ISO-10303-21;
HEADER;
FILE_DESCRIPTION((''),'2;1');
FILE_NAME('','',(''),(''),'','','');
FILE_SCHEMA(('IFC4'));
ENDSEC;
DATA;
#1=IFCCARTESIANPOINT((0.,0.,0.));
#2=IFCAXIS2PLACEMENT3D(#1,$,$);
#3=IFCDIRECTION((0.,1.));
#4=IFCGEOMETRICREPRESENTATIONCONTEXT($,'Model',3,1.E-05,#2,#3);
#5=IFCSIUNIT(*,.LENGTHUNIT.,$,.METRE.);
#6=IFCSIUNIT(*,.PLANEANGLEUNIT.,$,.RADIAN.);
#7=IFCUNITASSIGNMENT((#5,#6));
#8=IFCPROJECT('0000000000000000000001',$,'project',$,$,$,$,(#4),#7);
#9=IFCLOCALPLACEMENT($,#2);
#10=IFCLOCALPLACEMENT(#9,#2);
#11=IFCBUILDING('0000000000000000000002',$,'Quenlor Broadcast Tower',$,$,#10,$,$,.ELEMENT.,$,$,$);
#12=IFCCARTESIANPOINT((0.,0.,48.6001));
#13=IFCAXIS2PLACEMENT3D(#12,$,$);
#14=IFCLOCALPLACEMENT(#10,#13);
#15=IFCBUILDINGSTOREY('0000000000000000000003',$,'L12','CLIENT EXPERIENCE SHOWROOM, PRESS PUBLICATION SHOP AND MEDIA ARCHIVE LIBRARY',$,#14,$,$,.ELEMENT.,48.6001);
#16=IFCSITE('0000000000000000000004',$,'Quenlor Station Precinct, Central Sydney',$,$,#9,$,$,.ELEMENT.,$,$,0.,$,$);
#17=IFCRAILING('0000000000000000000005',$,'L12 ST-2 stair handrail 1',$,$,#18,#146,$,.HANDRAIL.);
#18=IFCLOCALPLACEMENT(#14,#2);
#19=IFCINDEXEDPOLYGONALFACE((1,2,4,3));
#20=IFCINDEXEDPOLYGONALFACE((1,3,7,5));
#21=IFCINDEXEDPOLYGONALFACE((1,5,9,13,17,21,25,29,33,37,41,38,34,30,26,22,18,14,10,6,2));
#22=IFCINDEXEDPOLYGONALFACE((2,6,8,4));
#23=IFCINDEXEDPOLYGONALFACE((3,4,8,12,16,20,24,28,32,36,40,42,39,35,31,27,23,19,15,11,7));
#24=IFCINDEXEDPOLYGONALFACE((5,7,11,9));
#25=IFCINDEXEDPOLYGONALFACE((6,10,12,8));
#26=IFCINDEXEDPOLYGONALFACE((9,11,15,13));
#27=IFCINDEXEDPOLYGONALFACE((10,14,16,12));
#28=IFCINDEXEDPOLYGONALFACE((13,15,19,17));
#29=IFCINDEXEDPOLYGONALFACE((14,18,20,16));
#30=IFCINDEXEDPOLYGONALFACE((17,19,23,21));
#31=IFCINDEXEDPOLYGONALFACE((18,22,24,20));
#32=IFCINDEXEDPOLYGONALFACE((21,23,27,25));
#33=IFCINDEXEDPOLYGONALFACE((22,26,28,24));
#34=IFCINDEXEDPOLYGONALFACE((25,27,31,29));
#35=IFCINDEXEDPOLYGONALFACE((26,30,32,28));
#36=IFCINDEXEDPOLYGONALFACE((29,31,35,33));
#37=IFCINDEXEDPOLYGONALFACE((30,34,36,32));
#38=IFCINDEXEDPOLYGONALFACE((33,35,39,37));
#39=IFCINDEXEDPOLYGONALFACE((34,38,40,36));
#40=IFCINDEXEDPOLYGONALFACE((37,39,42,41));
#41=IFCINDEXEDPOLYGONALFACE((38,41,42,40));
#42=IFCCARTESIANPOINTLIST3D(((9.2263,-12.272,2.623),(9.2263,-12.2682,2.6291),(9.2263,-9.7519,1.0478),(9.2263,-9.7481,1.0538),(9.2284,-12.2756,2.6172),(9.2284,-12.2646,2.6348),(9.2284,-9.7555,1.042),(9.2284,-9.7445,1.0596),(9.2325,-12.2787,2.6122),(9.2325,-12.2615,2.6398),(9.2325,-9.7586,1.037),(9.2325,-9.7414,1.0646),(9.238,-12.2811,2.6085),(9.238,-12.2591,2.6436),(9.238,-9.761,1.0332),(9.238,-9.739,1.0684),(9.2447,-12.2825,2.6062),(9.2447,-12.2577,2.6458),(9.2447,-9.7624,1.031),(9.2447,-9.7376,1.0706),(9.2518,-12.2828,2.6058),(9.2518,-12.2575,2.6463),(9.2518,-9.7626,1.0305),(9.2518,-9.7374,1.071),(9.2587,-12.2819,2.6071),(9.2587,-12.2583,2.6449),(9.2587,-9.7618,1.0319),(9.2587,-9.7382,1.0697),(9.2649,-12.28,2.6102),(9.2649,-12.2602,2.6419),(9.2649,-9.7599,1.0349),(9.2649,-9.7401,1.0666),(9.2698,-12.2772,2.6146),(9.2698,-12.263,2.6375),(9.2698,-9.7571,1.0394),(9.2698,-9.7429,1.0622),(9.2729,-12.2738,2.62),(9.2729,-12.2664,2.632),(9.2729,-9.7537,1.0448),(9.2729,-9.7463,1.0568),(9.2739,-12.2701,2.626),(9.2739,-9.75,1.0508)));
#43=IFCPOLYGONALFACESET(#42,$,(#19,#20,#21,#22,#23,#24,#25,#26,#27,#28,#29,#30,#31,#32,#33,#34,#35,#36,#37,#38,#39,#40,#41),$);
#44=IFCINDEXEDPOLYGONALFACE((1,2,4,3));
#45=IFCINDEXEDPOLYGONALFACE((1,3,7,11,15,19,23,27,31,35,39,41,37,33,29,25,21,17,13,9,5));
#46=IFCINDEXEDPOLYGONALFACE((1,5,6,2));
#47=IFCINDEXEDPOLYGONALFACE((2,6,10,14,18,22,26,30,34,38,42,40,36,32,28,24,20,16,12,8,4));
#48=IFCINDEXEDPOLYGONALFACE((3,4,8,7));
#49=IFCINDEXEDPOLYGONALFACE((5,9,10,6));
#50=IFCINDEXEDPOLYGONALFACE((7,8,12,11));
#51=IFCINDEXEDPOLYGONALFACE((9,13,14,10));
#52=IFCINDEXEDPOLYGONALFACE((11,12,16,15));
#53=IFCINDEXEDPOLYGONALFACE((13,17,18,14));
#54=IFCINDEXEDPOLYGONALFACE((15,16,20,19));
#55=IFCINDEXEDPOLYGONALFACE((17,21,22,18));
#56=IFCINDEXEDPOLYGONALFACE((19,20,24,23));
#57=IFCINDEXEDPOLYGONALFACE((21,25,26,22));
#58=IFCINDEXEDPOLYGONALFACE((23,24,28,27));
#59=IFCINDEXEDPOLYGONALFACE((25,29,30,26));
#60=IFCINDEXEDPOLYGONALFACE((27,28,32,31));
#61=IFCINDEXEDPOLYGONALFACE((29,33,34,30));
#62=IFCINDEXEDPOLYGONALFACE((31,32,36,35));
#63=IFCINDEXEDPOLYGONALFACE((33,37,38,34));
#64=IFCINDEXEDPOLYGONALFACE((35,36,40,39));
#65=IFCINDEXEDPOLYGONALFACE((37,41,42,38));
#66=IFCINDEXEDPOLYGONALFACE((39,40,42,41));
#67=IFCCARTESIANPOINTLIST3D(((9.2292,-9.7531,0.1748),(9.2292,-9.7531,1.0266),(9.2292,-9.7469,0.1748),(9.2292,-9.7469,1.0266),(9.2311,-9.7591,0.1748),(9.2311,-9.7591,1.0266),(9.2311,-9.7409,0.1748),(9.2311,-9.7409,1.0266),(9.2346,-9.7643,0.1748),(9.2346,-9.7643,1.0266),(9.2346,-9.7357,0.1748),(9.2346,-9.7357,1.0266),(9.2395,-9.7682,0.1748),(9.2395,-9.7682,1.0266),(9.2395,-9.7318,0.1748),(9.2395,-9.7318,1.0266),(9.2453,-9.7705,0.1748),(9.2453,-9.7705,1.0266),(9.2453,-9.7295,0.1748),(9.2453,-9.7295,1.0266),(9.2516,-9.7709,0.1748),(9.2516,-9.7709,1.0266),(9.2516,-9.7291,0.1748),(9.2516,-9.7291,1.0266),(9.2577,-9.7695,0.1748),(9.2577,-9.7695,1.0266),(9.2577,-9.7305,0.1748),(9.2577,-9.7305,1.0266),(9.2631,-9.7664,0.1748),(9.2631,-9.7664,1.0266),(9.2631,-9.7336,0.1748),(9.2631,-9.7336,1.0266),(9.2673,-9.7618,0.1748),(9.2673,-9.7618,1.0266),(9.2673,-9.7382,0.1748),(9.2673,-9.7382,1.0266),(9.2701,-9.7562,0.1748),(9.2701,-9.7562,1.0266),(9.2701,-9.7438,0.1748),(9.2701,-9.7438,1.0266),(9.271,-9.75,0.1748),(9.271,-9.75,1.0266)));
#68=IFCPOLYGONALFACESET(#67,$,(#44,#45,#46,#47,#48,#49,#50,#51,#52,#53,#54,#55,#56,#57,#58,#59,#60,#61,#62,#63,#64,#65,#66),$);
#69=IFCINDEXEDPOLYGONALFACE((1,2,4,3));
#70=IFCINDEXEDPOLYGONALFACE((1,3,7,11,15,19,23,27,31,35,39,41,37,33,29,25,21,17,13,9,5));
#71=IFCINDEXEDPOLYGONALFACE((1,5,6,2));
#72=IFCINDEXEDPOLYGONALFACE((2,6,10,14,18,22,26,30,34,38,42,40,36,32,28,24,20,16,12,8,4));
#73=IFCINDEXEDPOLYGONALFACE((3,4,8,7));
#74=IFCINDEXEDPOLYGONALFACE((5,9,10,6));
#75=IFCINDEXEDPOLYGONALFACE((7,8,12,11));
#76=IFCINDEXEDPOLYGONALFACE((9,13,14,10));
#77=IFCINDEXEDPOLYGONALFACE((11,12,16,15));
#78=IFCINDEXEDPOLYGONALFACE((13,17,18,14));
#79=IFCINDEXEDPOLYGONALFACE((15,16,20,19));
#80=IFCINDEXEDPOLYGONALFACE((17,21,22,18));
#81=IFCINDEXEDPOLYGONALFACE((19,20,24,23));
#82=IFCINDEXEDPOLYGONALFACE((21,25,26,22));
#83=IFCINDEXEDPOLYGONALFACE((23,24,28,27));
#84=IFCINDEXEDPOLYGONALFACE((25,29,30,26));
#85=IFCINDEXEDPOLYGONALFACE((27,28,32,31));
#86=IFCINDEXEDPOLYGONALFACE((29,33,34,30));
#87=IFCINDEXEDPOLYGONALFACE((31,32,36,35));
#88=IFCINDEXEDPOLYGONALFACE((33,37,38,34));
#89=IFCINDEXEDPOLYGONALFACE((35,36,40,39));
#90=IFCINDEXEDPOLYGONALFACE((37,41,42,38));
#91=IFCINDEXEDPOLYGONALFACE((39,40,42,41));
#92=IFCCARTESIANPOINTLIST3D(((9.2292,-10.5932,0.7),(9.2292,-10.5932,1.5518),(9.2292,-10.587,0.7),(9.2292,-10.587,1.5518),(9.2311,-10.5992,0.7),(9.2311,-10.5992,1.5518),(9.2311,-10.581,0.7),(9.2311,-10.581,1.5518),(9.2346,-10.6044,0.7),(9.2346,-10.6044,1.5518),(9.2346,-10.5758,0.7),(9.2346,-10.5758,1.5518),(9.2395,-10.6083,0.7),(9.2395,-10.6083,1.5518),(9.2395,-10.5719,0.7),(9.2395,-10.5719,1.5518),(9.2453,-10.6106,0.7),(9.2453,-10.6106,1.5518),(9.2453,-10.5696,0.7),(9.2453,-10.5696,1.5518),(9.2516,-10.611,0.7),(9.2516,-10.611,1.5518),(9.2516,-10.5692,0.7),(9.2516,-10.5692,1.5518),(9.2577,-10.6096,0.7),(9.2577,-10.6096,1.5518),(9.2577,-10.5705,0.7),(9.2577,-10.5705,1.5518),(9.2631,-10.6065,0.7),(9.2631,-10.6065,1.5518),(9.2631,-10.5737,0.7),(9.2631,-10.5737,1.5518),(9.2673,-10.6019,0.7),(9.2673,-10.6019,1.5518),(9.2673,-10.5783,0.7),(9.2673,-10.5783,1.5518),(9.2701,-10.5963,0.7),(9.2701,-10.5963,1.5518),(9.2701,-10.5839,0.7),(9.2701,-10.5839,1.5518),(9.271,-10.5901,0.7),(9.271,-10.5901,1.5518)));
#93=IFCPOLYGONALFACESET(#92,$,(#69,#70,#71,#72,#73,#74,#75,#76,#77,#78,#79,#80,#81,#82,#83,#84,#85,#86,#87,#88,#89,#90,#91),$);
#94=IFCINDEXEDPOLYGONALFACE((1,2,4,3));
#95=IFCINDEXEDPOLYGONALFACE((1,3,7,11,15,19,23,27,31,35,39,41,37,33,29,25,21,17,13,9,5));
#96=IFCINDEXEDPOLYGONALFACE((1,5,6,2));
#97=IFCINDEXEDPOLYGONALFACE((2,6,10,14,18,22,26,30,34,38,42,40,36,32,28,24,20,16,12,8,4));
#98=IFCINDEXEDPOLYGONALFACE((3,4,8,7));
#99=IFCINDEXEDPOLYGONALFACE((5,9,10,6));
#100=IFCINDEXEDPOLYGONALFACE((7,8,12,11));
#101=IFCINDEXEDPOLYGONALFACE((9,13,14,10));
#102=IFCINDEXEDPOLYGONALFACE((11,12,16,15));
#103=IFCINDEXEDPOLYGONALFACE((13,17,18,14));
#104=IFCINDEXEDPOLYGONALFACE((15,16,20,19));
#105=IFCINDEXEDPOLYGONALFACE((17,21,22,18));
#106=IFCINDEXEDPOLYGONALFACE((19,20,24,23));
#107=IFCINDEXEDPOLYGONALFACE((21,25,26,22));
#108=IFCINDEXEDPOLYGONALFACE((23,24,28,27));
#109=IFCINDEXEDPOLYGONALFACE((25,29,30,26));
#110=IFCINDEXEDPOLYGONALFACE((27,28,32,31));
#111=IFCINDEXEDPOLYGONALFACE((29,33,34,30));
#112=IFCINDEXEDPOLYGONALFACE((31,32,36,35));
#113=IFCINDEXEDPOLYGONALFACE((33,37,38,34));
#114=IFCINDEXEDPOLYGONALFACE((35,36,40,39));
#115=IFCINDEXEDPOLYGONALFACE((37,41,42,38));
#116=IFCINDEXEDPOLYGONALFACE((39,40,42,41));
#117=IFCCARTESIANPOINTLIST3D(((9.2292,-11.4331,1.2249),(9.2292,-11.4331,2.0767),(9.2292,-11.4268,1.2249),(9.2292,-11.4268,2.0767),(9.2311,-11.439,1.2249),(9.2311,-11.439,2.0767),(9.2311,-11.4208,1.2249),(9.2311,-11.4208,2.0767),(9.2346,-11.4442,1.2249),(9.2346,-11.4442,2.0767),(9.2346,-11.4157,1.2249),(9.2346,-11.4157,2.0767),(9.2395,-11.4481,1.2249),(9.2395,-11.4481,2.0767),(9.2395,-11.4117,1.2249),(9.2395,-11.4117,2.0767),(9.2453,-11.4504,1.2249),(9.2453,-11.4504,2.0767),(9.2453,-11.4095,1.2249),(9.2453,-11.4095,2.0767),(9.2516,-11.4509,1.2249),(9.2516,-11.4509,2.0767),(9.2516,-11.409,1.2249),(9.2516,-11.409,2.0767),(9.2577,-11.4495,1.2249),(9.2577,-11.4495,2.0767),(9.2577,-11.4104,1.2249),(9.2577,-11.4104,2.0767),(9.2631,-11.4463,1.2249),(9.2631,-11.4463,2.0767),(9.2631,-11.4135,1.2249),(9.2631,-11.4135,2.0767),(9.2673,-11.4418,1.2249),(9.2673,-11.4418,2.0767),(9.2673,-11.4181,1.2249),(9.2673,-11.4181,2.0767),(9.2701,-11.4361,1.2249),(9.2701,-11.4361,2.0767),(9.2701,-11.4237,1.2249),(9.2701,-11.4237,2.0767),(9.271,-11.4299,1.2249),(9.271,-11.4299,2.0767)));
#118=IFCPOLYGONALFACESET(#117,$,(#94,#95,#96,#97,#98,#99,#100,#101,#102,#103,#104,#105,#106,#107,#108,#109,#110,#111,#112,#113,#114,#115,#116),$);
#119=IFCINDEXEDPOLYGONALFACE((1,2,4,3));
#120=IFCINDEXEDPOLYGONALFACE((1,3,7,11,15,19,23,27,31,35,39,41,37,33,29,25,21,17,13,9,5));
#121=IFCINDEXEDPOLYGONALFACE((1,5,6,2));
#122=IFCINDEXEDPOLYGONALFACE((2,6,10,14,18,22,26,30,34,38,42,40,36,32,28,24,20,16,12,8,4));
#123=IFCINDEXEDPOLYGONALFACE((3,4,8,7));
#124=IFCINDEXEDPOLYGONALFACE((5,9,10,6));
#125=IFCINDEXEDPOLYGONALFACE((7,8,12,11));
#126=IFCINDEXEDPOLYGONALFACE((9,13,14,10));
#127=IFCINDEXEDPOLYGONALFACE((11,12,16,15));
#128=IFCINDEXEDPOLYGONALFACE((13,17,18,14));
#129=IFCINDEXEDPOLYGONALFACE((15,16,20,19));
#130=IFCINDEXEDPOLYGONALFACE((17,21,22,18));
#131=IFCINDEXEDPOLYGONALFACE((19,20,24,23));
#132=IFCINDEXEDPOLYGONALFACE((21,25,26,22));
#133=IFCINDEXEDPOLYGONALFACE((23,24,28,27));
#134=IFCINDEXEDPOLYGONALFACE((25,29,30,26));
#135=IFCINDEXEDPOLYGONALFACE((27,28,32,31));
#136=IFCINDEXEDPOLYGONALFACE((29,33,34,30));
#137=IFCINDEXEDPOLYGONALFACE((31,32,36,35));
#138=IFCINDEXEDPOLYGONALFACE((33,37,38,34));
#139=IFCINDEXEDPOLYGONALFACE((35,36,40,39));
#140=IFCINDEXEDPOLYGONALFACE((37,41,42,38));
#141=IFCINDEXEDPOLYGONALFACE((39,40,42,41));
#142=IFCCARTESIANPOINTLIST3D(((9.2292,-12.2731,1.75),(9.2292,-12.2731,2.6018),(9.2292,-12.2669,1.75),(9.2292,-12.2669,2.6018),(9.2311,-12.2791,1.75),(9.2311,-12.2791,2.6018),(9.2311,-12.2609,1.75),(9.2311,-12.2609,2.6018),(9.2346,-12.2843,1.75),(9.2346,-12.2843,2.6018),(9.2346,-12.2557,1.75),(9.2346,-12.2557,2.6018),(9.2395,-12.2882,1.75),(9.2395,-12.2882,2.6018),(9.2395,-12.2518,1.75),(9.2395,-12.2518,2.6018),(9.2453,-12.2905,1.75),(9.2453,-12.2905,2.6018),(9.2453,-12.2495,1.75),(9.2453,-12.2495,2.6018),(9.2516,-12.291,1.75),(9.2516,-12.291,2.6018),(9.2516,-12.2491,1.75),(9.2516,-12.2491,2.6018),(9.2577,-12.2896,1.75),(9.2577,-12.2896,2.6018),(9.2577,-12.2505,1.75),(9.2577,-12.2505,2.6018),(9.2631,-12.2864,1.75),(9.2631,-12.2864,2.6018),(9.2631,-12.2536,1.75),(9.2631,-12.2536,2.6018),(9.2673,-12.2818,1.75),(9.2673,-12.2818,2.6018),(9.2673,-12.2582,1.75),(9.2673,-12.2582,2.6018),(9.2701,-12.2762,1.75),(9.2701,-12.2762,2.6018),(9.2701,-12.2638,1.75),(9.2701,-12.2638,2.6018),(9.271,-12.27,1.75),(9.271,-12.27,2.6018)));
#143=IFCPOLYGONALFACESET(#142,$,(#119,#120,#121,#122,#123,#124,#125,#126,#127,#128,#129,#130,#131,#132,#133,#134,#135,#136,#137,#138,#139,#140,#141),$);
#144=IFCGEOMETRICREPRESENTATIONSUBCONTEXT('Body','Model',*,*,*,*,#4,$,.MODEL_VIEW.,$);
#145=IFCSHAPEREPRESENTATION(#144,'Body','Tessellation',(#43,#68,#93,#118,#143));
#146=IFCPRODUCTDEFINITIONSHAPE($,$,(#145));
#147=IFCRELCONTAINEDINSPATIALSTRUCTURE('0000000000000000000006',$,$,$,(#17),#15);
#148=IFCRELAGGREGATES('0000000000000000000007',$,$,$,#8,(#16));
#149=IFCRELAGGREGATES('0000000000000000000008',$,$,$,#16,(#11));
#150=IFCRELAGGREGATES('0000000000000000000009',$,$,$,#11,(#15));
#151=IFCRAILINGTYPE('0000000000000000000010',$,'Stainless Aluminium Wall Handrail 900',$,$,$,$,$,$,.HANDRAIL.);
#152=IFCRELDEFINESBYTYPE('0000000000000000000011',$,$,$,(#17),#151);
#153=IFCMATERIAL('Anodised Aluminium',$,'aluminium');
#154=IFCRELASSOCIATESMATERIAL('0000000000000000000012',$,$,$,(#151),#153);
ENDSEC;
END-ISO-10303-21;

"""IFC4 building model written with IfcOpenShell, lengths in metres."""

from ifc_helpers import new_model, si_unit, direction, frame, origin, origin_2d, place, context, subcontext, project, spatial, circle, extrude, material, type_object, element, save


model = new_model("IFC4")

# Units and contexts
model_context = context("Model", 3, precision=1e-05, world=origin(), true_north=direction((0.0, 1.0)))
body_context = subcontext(model_context, "Body", "Model", "MODEL_VIEW")
ifc_project = project(units=[si_unit("LENGTHUNIT", "METRE"), si_unit("PLANEANGLEUNIT", "RADIAN")], contexts=[model_context])

# Site, building, storey
site_placement = place(None, origin())
site = spatial("IfcSite", under=ifc_project, at=site_placement, Name="Quenlor Station Precinct, Central Sydney", CompositionType="ELEMENT", RefElevation=0.0)
building_placement = place(site_placement, origin())
building = spatial("IfcBuilding", under=site, at=building_placement, Name="Quenlor Broadcast Tower", CompositionType="ELEMENT")
storey_placement = place(building_placement, frame((0.0, 0.0, 48.6001)))
storey = spatial("IfcBuildingStorey", under=building, at=storey_placement, Name="L12", Description="CLIENT EXPERIENCE SHOWROOM, PRESS PUBLICATION SHOP AND MEDIA ARCHIVE LIBRARY", CompositionType="ELEMENT", Elevation=48.6001)

# Railing
ifc_material_1 = material(Name="Anodised Aluminium", Category="aluminium")
railing_type_1 = type_object("IfcRailingType", Name="Stainless Aluminium Wall Handrail 900", PredefinedType="HANDRAIL", material=ifc_material_1)
railing_1_placement = place(storey_placement, frame((9.25, -9.75, 0.1748)))
element("IfcRailing", 1, at=railing_1_placement, inside=storey, type_object=railing_type_1, Name="L12 ST-2 stair handrail 1", PredefinedType="HANDRAIL", context=body_context, shape_type="SweptSolid", body=[
    extrude(circle(Radius=0.0239, at=origin_2d()), frame((0.0, 0.0, 0.876), z_axis=(0.0, -0.847971, 0.530043), x_axis=(1.0, 0.0, 0.0)), (0.0, 0.0, 1.0), 2.9719),
    extrude(circle(Radius=0.021, at=origin_2d()), origin(), (0.0, 0.0, 1.0), 0.8518),
    extrude(circle(Radius=0.021, at=origin_2d()), frame((0.0, -0.8401, 0.5251)), (0.0, 0.0, 1.0), 0.8518),
    extrude(circle(Radius=0.021, at=origin_2d()), frame((0.0, -1.6799, 1.05)), (0.0, 0.0, 1.0), 0.8518),
    extrude(circle(Radius=0.021, at=origin_2d()), frame((0.0, -2.52, 1.5752)), (0.0, 0.0, 1.0), 0.8518),
])

save(model, "model.ifc")
